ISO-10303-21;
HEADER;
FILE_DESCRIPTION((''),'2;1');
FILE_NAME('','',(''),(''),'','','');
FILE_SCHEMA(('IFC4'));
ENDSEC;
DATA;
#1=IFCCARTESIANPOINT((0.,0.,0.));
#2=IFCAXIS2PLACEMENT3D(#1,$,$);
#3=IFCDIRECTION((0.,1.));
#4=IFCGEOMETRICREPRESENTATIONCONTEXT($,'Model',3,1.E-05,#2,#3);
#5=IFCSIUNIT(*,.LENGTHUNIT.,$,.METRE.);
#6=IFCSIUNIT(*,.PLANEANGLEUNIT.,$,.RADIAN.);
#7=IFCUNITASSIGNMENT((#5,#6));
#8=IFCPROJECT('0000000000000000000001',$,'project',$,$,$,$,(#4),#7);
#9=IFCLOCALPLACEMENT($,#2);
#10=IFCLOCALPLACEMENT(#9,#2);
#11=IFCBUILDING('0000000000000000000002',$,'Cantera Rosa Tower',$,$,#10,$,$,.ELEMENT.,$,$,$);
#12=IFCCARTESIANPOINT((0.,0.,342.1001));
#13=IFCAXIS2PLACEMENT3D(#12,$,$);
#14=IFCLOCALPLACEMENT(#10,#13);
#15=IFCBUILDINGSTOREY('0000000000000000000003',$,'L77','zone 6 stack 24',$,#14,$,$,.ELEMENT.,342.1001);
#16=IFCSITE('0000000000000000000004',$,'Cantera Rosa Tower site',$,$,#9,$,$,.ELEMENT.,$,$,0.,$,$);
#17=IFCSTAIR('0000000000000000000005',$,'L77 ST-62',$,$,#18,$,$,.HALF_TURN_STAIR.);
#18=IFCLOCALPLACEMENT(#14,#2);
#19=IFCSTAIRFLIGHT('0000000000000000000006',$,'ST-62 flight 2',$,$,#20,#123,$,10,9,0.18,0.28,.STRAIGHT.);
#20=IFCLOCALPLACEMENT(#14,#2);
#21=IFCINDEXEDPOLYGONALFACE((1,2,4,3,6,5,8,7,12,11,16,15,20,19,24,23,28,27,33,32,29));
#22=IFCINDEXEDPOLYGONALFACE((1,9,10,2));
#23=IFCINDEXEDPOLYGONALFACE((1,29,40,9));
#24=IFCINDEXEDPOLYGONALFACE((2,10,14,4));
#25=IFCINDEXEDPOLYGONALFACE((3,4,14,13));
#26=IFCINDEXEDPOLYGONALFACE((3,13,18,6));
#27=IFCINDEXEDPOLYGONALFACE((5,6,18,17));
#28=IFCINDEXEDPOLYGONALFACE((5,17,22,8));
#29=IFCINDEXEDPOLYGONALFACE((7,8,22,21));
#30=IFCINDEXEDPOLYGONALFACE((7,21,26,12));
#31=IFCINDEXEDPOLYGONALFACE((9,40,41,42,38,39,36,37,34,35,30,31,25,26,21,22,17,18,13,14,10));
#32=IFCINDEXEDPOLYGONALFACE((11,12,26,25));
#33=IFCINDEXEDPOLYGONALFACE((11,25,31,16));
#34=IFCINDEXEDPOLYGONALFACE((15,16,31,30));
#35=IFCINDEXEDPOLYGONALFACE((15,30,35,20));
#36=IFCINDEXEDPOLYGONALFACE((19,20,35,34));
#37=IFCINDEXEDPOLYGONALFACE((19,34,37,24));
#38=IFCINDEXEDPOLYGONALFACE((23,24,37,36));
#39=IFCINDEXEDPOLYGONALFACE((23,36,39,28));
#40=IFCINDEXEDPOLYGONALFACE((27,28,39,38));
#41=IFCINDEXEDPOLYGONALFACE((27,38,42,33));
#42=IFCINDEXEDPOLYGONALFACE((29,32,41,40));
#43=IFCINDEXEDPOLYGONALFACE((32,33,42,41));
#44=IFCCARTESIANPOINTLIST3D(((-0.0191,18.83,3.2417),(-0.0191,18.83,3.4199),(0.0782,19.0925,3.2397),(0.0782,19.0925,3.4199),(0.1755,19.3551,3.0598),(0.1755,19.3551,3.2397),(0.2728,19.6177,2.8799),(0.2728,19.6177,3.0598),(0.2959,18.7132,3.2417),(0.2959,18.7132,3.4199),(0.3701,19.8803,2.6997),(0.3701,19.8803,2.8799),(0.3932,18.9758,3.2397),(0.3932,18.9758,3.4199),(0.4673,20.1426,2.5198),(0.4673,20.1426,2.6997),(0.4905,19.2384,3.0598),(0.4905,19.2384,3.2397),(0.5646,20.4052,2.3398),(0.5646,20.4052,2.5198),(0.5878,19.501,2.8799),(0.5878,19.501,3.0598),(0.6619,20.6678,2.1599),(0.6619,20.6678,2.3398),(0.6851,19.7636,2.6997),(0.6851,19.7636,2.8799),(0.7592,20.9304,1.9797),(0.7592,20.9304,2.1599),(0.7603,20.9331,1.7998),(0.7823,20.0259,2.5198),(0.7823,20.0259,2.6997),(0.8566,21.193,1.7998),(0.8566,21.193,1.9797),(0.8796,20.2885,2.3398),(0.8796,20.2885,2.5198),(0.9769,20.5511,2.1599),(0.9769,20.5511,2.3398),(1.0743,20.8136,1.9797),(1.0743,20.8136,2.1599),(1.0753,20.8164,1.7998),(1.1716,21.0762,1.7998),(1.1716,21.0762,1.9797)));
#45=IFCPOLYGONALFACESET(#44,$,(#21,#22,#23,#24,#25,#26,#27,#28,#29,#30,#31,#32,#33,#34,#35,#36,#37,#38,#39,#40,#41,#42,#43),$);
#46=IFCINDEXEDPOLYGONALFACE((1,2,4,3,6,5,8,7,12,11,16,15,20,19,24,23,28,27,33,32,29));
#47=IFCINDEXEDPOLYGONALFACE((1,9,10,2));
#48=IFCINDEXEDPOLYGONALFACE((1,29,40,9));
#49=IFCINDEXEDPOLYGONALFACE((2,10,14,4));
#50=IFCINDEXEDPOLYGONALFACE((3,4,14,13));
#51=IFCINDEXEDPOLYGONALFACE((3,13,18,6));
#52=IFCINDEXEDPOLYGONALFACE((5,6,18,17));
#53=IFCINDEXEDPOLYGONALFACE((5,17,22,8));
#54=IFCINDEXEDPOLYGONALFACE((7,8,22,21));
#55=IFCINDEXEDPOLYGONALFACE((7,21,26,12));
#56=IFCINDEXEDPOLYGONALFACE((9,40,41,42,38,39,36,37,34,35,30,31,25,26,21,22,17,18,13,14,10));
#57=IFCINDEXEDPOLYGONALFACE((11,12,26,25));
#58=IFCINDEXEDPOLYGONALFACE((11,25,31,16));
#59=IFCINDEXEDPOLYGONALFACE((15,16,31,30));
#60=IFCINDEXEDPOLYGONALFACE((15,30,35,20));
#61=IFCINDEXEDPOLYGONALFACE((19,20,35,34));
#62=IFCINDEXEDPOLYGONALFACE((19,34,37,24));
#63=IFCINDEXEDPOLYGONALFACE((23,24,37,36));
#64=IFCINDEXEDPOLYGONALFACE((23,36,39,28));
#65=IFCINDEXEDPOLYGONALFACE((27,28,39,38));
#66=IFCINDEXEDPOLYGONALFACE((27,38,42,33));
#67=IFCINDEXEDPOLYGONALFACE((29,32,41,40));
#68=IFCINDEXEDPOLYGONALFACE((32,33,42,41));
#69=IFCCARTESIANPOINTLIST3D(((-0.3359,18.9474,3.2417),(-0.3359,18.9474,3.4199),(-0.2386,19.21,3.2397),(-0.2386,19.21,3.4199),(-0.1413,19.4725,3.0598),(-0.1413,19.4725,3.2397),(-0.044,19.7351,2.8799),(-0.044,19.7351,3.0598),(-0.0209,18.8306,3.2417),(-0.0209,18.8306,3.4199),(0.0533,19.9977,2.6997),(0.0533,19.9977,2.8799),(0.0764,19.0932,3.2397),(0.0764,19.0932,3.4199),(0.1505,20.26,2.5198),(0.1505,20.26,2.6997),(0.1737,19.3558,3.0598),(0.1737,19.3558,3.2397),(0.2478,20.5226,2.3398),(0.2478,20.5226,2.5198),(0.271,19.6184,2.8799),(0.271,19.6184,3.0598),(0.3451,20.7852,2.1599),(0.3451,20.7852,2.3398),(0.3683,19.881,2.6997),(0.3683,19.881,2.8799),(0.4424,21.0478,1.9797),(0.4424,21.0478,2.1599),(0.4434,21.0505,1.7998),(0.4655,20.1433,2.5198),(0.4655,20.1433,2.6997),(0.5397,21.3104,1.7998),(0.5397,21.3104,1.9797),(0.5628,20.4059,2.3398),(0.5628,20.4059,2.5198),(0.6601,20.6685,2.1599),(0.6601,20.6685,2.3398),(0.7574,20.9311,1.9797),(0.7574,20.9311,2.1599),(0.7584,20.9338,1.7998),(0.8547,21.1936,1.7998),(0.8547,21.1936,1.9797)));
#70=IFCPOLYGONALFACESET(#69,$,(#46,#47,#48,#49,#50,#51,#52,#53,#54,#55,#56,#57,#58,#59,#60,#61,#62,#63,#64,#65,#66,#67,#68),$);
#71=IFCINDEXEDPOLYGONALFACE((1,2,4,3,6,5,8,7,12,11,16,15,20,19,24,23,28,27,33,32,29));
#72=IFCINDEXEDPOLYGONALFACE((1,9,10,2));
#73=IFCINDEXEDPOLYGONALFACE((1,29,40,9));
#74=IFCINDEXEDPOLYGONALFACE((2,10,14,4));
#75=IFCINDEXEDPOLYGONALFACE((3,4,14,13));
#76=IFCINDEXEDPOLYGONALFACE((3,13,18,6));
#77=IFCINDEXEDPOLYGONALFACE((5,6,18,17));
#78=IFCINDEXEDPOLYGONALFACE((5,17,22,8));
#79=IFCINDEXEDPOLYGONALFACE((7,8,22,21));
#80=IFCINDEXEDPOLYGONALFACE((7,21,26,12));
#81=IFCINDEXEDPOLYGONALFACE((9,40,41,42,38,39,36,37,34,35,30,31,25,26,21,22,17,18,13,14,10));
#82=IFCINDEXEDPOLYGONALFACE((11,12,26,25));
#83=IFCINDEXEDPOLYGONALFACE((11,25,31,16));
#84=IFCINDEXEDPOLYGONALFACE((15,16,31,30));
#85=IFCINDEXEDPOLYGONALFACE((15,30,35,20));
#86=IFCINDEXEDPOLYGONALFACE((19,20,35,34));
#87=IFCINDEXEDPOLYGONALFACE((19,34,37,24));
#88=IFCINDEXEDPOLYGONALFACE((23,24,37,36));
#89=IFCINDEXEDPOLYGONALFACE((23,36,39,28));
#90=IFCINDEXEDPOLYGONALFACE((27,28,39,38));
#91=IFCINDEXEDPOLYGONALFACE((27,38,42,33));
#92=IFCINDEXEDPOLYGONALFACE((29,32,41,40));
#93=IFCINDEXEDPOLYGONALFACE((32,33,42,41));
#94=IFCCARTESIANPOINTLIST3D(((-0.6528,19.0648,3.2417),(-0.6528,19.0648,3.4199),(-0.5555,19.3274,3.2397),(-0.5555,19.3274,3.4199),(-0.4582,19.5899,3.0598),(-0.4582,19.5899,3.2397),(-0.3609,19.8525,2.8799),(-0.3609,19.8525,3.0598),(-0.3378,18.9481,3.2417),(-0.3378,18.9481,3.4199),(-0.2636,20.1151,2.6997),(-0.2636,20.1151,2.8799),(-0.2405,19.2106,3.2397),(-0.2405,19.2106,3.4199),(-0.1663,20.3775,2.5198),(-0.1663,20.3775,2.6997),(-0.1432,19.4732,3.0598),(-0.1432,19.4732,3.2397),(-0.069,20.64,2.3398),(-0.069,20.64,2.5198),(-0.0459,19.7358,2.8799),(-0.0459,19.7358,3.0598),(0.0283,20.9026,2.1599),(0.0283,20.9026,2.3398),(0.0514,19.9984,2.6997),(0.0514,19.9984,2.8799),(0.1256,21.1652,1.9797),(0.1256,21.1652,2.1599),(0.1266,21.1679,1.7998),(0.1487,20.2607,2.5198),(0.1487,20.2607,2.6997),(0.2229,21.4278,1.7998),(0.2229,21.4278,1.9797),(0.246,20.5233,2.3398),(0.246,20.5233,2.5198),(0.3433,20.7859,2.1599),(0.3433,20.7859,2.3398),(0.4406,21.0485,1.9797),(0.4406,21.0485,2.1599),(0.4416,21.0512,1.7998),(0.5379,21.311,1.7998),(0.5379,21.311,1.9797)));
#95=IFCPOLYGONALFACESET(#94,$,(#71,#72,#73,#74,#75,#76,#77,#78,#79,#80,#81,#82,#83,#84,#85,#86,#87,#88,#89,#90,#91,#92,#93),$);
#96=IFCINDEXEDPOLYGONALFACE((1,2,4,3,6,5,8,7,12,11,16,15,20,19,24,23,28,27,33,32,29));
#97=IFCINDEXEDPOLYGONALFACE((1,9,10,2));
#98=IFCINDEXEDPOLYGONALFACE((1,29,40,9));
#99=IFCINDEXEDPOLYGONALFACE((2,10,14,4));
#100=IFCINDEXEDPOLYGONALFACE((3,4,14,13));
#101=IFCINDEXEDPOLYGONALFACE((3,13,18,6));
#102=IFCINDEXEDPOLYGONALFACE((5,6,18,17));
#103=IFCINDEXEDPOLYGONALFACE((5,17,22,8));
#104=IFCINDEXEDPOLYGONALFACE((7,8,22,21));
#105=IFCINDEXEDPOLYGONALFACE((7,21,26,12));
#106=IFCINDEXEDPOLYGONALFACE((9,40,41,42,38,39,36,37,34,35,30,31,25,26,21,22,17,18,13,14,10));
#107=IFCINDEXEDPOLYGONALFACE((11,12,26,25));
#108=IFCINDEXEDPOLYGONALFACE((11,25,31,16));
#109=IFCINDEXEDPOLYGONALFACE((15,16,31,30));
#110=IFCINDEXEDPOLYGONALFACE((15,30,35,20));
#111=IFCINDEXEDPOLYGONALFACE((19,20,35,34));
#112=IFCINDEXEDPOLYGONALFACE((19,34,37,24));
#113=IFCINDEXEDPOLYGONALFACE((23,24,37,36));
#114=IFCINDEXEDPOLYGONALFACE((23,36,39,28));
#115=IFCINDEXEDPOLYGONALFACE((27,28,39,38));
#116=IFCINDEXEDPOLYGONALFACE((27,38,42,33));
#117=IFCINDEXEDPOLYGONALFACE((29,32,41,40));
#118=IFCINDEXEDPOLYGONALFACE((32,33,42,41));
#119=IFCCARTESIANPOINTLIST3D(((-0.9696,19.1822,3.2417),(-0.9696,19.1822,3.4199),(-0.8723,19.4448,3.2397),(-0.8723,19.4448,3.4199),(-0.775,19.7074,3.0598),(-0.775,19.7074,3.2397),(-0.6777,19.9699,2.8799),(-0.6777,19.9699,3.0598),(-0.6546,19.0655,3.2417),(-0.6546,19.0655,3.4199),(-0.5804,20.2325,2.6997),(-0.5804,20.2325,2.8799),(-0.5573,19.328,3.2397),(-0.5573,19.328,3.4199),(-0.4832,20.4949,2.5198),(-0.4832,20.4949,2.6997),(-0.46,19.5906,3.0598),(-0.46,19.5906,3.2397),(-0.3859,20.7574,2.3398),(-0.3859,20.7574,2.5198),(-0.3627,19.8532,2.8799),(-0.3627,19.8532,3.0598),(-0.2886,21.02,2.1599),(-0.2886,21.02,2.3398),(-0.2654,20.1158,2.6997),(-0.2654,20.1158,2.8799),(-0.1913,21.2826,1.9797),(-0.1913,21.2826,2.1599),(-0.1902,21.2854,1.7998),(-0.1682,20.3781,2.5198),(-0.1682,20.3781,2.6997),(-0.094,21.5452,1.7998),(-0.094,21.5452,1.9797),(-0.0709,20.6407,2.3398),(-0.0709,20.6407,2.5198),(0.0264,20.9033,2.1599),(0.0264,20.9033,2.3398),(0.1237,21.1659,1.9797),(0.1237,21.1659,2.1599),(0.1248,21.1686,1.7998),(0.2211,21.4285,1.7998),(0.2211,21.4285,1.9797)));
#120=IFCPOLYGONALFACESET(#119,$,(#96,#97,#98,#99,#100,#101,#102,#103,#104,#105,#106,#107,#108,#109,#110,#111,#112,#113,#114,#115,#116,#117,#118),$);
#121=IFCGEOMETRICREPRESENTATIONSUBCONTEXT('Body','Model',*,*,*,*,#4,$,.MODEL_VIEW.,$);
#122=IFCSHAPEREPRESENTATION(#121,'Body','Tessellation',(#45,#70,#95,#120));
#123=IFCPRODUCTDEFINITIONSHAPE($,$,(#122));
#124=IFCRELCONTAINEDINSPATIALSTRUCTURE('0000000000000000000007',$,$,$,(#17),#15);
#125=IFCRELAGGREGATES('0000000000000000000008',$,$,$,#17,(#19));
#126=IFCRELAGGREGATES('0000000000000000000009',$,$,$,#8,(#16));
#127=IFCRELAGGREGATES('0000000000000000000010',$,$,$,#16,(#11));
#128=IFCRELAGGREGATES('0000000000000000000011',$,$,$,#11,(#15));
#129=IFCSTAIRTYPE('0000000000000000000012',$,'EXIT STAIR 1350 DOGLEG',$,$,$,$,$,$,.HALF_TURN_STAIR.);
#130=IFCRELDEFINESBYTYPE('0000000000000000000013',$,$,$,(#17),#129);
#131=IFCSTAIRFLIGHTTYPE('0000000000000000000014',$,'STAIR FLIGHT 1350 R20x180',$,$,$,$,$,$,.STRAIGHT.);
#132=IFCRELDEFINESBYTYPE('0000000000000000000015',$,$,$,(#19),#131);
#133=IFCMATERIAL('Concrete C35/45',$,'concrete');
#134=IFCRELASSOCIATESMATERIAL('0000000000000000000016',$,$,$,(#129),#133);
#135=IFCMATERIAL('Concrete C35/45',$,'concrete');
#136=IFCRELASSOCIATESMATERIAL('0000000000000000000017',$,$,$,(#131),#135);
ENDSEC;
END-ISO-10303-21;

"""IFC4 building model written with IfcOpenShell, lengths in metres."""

from ifc_helpers import new_model, si_unit, direction, frame, origin, place, context, subcontext, project, spatial, polyline, outline, extrude, material, type_object, element, aggregate, save


model = new_model("IFC4")

# Units and contexts
model_context = context("Model", 3, precision=1e-05, world=origin(), true_north=direction((0.0, 1.0)))
body_context = subcontext(model_context, "Body", "Model", "MODEL_VIEW")
ifc_project = project(units=[si_unit("LENGTHUNIT", "METRE"), si_unit("PLANEANGLEUNIT", "RADIAN")], contexts=[model_context])

# Site, building, storey
site_placement = place(None, origin())
site = spatial("IfcSite", under=ifc_project, at=site_placement, Name="Cantera Rosa Tower site", CompositionType="ELEMENT", RefElevation=0.0)
building_placement = place(site_placement, origin())
building = spatial("IfcBuilding", under=site, at=building_placement, Name="Cantera Rosa Tower", CompositionType="ELEMENT")
storey_placement = place(building_placement, frame((0.0, 0.0, 342.1001)))
storey = spatial("IfcBuildingStorey", under=building, at=storey_placement, Name="L77", Description="zone 6 stack 24", CompositionType="ELEMENT", Elevation=342.1001)

# Stair, stair flight
ifc_material_1 = material(Name="Concrete C35/45", Category="concrete")
stair_type = type_object("IfcStairType", Name="EXIT STAIR 1350 DOGLEG", PredefinedType="HALF_TURN_STAIR", material=ifc_material_1)
stair_placement = place(storey_placement, origin())
stair = element("IfcStair", 1, at=stair_placement, inside=storey, type_object=stair_type, Name="L77 ST-62", PredefinedType="HALF_TURN_STAIR")
ifc_material_2 = material(Name="Concrete C35/45", Category="concrete")
stair_flight_type = type_object("IfcStairFlightType", Name="STAIR FLIGHT 1350 R20x180", PredefinedType="STRAIGHT", material=ifc_material_2)
stair_flight_placement = place(storey_placement, frame((0.5386, 21.3108, 1.7998), z_axis=(0.0, 0.0, 1.0), x_axis=(-0.347481, -0.937687, 0.0)))
stair_flight = element("IfcStairFlight", 2, at=stair_flight_placement, type_object=stair_flight_type, Name="ST-62 flight 2", NumberOfRisers=10, NumberOfTreads=9, PredefinedType="STRAIGHT", RiserHeight=0.18, TreadLength=0.28, context=body_context, shape_type="SweptSolid", body=[
    extrude(outline(polyline([(0.0, 0.0), (0.0, 0.1799), (0.28, 0.1799), (0.28, 0.3601), (0.5601, 0.3601), (0.5601, 0.54), (0.8401, 0.54), (0.8401, 0.72), (1.1201, 0.72), (1.1201, 0.8999), (1.3999, 0.8999), (1.3999, 1.0801), (1.6799, 1.0801), (1.6799, 1.26), (1.96, 1.26), (1.96, 1.4399), (2.24, 1.4399), (2.24, 1.6201), (2.52, 1.6201), (2.52, 1.8), (2.52, 1.4419), (0.2771, 0.0), (0.0, 0.0)])), frame((0.0, 0.675, 0.0), z_axis=(0.0, -1.0, 0.0), x_axis=(1.0, 0.0, 0.0)), (0.0, 0.0, 1.0), 0.3359),
    extrude(outline(polyline([(0.0, 0.0), (0.0, 0.1799), (0.28, 0.1799), (0.28, 0.3601), (0.5601, 0.3601), (0.5601, 0.54), (0.8401, 0.54), (0.8401, 0.72), (1.1201, 0.72), (1.1201, 0.8999), (1.3999, 0.8999), (1.3999, 1.0801), (1.6799, 1.0801), (1.6799, 1.26), (1.96, 1.26), (1.96, 1.4399), (2.24, 1.4399), (2.24, 1.6201), (2.52, 1.6201), (2.52, 1.8), (2.52, 1.4419), (0.2771, 0.0), (0.0, 0.0)])), frame((0.0, 0.3372, 0.0), z_axis=(0.0, -1.0, 0.0), x_axis=(1.0, 0.0, 0.0)), (0.0, 0.0, 1.0), 0.3359),
    extrude(outline(polyline([(0.0, 0.0), (0.0, 0.1799), (0.28, 0.1799), (0.28, 0.3601), (0.5601, 0.3601), (0.5601, 0.54), (0.8401, 0.54), (0.8401, 0.72), (1.1201, 0.72), (1.1201, 0.8999), (1.3999, 0.8999), (1.3999, 1.0801), (1.6799, 1.0801), (1.6799, 1.26), (1.96, 1.26), (1.96, 1.4399), (2.24, 1.4399), (2.24, 1.6201), (2.52, 1.6201), (2.52, 1.8), (2.52, 1.4419), (0.2771, 0.0), (0.0, 0.0)])), frame((0.0, -0.0007, 0.0), z_axis=(0.0, -1.0, 0.0), x_axis=(1.0, 0.0, 0.0)), (0.0, 0.0, 1.0), 0.3359),
    extrude(outline(polyline([(0.0, 0.0), (0.0, 0.1799), (0.28, 0.1799), (0.28, 0.3601), (0.5601, 0.3601), (0.5601, 0.54), (0.8401, 0.54), (0.8401, 0.72), (1.1201, 0.72), (1.1201, 0.8999), (1.3999, 0.8999), (1.3999, 1.0801), (1.6799, 1.0801), (1.6799, 1.26), (1.96, 1.26), (1.96, 1.4399), (2.24, 1.4399), (2.24, 1.6201), (2.52, 1.6201), (2.52, 1.8), (2.52, 1.4419), (0.2771, 0.0), (0.0, 0.0)])), frame((0.0, -0.3386, 0.0), z_axis=(0.0, -1.0, 0.0), x_axis=(1.0, 0.0, 0.0)), (0.0, 0.0, 1.0), 0.3359),
])
aggregate(stair, [stair_flight])

save(model, "model.ifc")
